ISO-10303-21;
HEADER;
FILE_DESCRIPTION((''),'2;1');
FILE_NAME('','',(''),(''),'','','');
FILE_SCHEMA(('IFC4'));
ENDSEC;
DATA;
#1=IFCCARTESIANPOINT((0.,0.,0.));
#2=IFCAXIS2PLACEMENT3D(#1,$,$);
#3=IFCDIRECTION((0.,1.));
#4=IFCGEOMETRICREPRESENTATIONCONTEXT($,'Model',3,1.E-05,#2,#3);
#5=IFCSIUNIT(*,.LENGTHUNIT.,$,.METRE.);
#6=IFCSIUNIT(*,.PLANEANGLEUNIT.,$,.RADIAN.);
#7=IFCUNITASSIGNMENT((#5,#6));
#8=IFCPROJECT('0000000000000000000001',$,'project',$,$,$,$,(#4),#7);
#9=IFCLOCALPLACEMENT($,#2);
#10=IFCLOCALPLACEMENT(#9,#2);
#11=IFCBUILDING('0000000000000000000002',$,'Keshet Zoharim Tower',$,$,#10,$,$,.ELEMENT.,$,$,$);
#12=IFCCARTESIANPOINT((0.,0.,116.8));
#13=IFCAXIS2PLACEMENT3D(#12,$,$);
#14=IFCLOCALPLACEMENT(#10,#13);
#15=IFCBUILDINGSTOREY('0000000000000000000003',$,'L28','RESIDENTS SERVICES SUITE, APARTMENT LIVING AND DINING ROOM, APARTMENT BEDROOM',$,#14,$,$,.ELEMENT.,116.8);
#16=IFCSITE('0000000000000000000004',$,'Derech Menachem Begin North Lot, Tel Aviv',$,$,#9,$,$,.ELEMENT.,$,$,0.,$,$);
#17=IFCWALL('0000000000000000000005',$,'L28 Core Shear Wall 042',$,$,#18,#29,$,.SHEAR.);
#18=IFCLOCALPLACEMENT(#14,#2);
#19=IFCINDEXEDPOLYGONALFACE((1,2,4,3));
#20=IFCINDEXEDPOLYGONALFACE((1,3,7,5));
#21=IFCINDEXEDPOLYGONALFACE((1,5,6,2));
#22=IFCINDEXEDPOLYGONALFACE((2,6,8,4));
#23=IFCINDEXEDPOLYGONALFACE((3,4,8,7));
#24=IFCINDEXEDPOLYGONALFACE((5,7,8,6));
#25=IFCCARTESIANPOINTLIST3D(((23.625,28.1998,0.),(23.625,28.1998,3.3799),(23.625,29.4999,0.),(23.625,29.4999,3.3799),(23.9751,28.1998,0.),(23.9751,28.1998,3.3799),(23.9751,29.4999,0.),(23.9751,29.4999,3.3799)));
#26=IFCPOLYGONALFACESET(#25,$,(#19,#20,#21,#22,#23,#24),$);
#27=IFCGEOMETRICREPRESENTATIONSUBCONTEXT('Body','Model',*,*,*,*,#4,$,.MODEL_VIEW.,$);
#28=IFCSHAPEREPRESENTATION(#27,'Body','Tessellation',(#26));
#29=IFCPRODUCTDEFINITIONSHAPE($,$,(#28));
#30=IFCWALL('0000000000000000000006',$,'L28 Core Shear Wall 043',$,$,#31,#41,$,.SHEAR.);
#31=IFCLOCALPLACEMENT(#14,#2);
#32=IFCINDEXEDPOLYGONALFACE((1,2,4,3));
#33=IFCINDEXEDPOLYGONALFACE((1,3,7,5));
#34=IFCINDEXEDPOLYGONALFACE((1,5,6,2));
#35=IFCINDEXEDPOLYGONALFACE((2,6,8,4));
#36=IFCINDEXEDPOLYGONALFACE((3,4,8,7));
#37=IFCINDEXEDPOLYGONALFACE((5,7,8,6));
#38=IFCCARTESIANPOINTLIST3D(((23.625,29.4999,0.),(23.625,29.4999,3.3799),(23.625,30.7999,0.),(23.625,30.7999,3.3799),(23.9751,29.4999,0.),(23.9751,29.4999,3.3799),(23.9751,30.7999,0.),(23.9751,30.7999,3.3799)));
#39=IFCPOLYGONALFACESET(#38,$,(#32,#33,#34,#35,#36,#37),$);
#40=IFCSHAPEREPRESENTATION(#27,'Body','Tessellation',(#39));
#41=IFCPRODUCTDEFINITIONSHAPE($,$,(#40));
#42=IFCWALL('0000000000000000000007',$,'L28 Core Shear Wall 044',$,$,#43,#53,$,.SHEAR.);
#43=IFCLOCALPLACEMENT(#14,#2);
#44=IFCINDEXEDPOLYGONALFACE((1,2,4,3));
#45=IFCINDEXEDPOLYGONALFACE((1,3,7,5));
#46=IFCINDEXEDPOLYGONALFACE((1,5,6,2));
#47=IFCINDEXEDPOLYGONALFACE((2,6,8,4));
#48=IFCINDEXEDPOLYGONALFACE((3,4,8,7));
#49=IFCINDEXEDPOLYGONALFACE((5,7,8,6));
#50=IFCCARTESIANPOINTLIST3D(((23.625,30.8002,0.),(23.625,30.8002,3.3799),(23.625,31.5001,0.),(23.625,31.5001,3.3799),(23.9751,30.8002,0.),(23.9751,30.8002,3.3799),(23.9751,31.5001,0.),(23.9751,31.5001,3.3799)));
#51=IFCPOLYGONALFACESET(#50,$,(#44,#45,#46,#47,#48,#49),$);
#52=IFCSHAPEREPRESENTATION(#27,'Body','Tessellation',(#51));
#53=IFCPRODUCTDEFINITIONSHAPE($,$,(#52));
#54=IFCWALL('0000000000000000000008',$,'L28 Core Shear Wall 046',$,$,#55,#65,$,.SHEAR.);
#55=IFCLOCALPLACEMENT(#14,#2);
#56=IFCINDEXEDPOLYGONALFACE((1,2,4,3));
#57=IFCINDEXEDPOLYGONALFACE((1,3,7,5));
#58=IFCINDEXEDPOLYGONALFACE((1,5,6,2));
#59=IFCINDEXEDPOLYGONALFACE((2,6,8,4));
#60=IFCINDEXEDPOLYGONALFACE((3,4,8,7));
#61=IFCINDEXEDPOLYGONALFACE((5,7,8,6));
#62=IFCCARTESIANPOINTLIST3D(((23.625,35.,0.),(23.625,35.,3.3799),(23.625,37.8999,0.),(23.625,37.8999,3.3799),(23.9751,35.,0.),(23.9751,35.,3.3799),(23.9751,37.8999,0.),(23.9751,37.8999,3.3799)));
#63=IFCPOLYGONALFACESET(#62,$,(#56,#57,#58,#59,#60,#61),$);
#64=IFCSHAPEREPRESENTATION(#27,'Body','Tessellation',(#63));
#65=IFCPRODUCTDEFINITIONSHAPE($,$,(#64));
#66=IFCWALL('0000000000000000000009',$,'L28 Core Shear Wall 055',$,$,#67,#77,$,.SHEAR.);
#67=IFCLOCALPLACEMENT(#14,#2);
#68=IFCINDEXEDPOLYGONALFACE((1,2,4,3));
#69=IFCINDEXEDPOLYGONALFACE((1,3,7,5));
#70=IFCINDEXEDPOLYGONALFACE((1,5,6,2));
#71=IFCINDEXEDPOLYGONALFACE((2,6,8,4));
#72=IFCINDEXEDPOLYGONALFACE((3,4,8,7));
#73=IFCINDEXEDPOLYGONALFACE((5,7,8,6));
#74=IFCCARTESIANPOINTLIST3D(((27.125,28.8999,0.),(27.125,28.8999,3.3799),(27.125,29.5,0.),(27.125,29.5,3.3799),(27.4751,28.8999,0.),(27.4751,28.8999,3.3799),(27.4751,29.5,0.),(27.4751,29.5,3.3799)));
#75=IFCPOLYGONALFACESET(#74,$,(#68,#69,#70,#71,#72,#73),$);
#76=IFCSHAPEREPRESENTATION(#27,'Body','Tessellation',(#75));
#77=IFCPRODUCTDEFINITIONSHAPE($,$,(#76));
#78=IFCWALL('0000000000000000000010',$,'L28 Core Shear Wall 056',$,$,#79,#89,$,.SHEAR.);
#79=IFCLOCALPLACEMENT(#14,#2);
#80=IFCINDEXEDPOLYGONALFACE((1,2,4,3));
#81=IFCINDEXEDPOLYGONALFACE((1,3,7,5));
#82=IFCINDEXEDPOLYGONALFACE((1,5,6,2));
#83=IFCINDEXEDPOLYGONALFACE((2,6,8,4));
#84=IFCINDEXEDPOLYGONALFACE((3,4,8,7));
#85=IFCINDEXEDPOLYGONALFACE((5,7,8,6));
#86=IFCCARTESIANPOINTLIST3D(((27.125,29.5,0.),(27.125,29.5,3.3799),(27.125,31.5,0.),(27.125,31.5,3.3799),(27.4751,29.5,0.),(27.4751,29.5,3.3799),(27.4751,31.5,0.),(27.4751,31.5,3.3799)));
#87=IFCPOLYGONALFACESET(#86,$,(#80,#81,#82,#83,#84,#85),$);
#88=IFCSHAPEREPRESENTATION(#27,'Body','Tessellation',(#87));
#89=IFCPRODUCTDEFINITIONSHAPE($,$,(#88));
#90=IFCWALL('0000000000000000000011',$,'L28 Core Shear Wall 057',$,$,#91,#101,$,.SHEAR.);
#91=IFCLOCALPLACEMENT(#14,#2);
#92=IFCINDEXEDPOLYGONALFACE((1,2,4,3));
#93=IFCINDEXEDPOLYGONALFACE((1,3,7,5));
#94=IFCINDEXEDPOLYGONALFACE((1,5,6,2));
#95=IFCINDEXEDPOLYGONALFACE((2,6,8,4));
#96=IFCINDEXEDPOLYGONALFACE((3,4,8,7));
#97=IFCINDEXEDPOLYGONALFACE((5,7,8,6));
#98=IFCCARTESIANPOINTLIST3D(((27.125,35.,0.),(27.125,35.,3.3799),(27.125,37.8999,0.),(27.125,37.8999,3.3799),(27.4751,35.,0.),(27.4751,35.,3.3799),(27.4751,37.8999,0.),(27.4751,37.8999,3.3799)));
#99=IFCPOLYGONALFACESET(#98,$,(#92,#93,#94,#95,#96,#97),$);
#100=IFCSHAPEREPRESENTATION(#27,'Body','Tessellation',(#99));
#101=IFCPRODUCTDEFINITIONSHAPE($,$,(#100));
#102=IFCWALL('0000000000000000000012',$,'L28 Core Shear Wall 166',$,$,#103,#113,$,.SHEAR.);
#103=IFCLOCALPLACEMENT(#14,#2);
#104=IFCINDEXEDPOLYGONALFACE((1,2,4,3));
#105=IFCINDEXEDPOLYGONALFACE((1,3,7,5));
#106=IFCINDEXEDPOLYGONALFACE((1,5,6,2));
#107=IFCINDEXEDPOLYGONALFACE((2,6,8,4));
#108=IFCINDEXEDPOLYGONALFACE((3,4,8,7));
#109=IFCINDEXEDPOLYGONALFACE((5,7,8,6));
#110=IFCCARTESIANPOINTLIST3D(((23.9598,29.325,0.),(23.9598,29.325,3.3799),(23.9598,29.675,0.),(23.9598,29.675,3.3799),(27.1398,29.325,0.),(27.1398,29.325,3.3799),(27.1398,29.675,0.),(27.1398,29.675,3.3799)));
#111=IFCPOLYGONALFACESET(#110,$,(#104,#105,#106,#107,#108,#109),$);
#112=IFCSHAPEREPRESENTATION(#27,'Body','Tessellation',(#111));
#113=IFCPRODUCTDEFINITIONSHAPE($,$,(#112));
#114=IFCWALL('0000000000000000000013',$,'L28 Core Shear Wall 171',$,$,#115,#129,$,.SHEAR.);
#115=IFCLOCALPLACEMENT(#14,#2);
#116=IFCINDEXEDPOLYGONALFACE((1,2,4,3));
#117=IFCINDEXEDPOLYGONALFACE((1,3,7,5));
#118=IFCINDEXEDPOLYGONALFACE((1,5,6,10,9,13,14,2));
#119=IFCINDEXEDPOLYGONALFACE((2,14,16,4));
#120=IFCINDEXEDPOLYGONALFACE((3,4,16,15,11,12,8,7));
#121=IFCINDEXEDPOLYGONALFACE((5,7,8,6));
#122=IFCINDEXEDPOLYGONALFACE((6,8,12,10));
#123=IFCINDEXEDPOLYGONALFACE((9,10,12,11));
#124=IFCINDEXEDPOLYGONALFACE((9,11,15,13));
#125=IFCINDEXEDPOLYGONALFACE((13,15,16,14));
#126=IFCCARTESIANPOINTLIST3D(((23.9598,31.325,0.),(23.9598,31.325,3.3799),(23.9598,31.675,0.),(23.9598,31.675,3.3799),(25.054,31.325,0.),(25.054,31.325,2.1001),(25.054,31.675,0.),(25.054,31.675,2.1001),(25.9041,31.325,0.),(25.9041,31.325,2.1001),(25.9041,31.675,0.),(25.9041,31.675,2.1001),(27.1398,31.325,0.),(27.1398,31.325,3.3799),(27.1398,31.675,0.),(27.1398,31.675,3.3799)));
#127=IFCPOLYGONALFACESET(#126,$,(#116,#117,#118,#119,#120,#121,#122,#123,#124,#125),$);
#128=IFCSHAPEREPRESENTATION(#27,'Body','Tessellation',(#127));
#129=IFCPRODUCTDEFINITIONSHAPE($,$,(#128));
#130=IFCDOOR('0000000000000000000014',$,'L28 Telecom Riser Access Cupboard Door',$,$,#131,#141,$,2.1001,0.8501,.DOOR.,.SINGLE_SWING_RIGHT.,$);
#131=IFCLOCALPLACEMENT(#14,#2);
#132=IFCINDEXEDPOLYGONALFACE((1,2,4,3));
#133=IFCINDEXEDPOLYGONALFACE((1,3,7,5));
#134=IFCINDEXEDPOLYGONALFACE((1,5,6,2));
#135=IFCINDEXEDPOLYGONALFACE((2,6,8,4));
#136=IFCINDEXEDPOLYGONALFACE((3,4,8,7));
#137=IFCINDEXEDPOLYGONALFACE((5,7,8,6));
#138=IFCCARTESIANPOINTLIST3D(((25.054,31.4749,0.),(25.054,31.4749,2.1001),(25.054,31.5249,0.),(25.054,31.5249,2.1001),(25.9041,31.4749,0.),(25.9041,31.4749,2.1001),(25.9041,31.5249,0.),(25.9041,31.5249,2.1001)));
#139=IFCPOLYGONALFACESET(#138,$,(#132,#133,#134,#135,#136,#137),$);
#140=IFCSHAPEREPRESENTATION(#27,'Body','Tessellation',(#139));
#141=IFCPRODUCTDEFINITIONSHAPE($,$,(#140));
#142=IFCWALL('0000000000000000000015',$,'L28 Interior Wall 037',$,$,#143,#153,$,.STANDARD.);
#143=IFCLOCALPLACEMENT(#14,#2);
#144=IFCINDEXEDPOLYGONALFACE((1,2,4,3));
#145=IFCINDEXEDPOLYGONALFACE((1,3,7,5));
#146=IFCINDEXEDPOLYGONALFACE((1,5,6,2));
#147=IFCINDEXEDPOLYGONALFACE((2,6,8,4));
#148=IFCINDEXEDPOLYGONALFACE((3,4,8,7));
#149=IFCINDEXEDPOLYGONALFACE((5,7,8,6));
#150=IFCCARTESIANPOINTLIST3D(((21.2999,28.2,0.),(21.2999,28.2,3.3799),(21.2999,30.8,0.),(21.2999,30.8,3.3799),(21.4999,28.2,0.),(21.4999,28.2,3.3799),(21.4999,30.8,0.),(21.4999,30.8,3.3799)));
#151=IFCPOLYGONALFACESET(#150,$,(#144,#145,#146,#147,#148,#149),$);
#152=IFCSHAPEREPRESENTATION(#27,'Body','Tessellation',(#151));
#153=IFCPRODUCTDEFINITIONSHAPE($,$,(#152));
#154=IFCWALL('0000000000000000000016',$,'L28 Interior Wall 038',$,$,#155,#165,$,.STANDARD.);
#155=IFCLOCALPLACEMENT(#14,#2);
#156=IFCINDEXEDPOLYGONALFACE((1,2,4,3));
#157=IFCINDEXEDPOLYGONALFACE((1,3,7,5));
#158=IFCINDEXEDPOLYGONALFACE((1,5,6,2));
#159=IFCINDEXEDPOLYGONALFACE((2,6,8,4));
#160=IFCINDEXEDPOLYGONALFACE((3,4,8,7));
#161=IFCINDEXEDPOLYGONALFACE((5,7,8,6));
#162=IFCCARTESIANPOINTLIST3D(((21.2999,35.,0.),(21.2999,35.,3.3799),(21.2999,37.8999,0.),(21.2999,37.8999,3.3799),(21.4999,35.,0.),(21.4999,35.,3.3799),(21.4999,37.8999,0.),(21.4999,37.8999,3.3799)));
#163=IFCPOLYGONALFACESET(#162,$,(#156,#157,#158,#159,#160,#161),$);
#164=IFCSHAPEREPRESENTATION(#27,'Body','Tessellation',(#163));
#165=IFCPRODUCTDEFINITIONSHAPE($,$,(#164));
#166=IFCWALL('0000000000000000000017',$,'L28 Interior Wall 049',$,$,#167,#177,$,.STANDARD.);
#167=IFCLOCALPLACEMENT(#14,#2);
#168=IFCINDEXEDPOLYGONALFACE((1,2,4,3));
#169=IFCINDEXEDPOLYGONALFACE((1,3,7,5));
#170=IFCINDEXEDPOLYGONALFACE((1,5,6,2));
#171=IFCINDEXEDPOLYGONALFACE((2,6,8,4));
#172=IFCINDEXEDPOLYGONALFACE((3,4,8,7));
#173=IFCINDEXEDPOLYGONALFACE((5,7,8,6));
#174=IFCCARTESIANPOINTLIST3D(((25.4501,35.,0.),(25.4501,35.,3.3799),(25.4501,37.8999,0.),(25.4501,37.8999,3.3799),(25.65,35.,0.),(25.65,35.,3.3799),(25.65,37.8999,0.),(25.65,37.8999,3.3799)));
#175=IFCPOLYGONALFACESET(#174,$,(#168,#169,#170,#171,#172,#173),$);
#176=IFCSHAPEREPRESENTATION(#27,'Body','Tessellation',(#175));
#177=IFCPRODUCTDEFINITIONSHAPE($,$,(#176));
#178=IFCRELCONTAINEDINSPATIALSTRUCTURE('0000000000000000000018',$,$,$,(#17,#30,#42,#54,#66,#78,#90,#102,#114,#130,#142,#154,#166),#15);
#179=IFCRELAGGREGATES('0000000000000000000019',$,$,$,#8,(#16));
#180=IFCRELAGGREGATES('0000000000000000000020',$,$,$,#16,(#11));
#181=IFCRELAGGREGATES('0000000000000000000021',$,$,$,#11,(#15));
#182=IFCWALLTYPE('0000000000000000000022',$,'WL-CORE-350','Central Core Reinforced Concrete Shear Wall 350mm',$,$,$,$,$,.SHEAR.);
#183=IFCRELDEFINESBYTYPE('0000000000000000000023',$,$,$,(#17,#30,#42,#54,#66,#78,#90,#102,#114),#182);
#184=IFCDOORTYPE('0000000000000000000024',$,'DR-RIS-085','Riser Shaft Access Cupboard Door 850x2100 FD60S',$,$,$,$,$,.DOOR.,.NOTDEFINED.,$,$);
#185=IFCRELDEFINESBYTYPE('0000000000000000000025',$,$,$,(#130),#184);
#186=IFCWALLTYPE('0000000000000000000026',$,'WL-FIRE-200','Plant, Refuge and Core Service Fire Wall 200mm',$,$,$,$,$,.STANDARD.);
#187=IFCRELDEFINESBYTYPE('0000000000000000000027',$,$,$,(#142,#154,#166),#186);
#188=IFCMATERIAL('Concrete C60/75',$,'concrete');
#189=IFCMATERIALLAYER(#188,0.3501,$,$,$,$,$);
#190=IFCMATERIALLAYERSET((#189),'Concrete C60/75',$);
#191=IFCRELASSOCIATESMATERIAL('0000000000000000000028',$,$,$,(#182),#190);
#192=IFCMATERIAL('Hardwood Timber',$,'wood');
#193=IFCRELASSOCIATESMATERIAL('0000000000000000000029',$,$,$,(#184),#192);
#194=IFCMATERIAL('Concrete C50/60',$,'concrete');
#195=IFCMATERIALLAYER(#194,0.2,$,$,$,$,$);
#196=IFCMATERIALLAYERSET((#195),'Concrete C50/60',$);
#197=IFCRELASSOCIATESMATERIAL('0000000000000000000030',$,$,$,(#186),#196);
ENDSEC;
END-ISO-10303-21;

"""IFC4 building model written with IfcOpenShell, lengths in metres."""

from ifc_helpers import new_model, si_unit, direction, frame, frame_2d, origin, place, context, subcontext, project, spatial, rectangle, extrude, material, layer, layer_set, type_object, element, fill, save


model = new_model("IFC4")

# Units and contexts
model_context = context("Model", 3, precision=1e-05, world=origin(), true_north=direction((0.0, 1.0)))
body_context = subcontext(model_context, "Body", "Model", "MODEL_VIEW")
ifc_project = project(units=[si_unit("LENGTHUNIT", "METRE"), si_unit("PLANEANGLEUNIT", "RADIAN")], contexts=[model_context])

# Site, building, storey
site_placement = place(None, origin())
site = spatial("IfcSite", under=ifc_project, at=site_placement, Name="Derech Menachem Begin North Lot, Tel Aviv", CompositionType="ELEMENT", RefElevation=0.0)
building_placement = place(site_placement, origin())
building = spatial("IfcBuilding", under=site, at=building_placement, Name="Keshet Zoharim Tower", CompositionType="ELEMENT")
storey_placement = place(building_placement, frame((0.0, 0.0, 116.8)))
storey = spatial("IfcBuildingStorey", under=building, at=storey_placement, Name="L28", Description="RESIDENTS SERVICES SUITE, APARTMENT LIVING AND DINING ROOM, APARTMENT BEDROOM", CompositionType="ELEMENT", Elevation=116.8)

# Walls
ifc_material_1 = material(Name="Concrete C60/75", Category="concrete")
ifc_layer_1 = layer(ifc_material_1, 0.3501)
ifc_layer_set_1 = layer_set([ifc_layer_1], Name="Concrete C60/75")
wall_type_1 = type_object("IfcWallType", Name="WL-CORE-350", Description="Central Core Reinforced Concrete Shear Wall 350mm", PredefinedType="SHEAR", material=ifc_layer_set_1)
for number, where, z_axis, x_axis, name in (
    (1, (23.8, 28.2, 0.0), (0.0, 0.0, 1.0), (0.0, 1.0, 0.0), "L28 Core Shear Wall 042"),
    (2, (23.8, 29.5, 0.0), (0.0, 0.0, 1.0), (0.0, 1.0, 0.0), "L28 Core Shear Wall 043"),
):
    element("IfcWall", number, at=place(storey_placement, frame(where, z_axis=z_axis, x_axis=x_axis)), inside=storey, type_object=wall_type_1, Name=name, PredefinedType="SHEAR", context=body_context, shape_type="SweptSolid", body=[
        extrude(rectangle(XDim=1.3, YDim=0.3501, at=frame_2d((0.6499, 0.0))), origin(), (0.0, 0.0, 1.0), 3.3799),
    ])
wall_1_placement = place(storey_placement, frame((23.8, 30.8, 0.0), z_axis=(0.0, 0.0, 1.0), x_axis=(0.0, 1.0, 0.0)))
element("IfcWall", 3, at=wall_1_placement, inside=storey, type_object=wall_type_1, Name="L28 Core Shear Wall 044", PredefinedType="SHEAR", context=body_context, shape_type="SweptSolid", body=[
    extrude(rectangle(XDim=0.7, YDim=0.3501, at=frame_2d((0.3501, 0.0))), origin(), (0.0, 0.0, 1.0), 3.3799),
])

# Shared definitions
ifc_material_2 = material(Name="Hardwood Timber", Category="wood")

# Walls
wall_2_placement = place(storey_placement, frame((23.8, 35.0, 0.0), z_axis=(0.0, 0.0, 1.0), x_axis=(0.0, 1.0, 0.0)))
element("IfcWall", 4, at=wall_2_placement, inside=storey, type_object=wall_type_1, Name="L28 Core Shear Wall 046", PredefinedType="SHEAR", context=body_context, shape_type="SweptSolid", body=[
    extrude(rectangle(XDim=2.8999, YDim=0.3501, at=frame_2d((1.45, 0.0))), origin(), (0.0, 0.0, 1.0), 3.3799),
])
wall_3_placement = place(storey_placement, frame((27.3, 28.8999, 0.0), z_axis=(0.0, 0.0, 1.0), x_axis=(0.0, 1.0, 0.0)))
element("IfcWall", 5, at=wall_3_placement, inside=storey, type_object=wall_type_1, Name="L28 Core Shear Wall 055", PredefinedType="SHEAR", context=body_context, shape_type="SweptSolid", body=[
    extrude(rectangle(XDim=0.6001, YDim=0.3501, at=frame_2d((0.3, 0.0))), origin(), (0.0, 0.0, 1.0), 3.3799),
])
wall_4_placement = place(storey_placement, frame((27.3, 29.5, 0.0), z_axis=(0.0, 0.0, 1.0), x_axis=(0.0, 1.0, 0.0)))
element("IfcWall", 6, at=wall_4_placement, inside=storey, type_object=wall_type_1, Name="L28 Core Shear Wall 056", PredefinedType="SHEAR", context=body_context, shape_type="SweptSolid", body=[
    extrude(rectangle(XDim=2.0, YDim=0.3501, at=frame_2d((1.0, 0.0))), origin(), (0.0, 0.0, 1.0), 3.3799),
])
wall_5_placement = place(storey_placement, frame((27.3, 35.0, 0.0), z_axis=(0.0, 0.0, 1.0), x_axis=(0.0, 1.0, 0.0)))
element("IfcWall", 7, at=wall_5_placement, inside=storey, type_object=wall_type_1, Name="L28 Core Shear Wall 057", PredefinedType="SHEAR", context=body_context, shape_type="SweptSolid", body=[
    extrude(rectangle(XDim=2.8999, YDim=0.3501, at=frame_2d((1.45, 0.0))), origin(), (0.0, 0.0, 1.0), 3.3799),
])
wall_6_placement = place(storey_placement, frame((23.96, 29.5, 0.0), z_axis=(0.0, 0.0, 1.0), x_axis=(1.0, 0.0, 0.0)))
element("IfcWall", 8, at=wall_6_placement, inside=storey, type_object=wall_type_1, Name="L28 Core Shear Wall 166", PredefinedType="SHEAR", context=body_context, shape_type="SweptSolid", body=[
    extrude(rectangle(XDim=3.1799, YDim=0.3501, at=frame_2d((1.5898, 0.0))), origin(), (0.0, 0.0, 1.0), 3.3799),
])

# Wall, opening, door
wall_7_placement = place(storey_placement, frame((23.96, 31.5, 0.0), z_axis=(0.0, 0.0, 1.0), x_axis=(1.0, 0.0, 0.0)))
wall_7 = element("IfcWall", 9, at=wall_7_placement, inside=storey, type_object=wall_type_1, Name="L28 Core Shear Wall 171", PredefinedType="SHEAR", context=body_context, shape_type="SweptSolid", body=[
    extrude(rectangle(XDim=3.1799, YDim=0.3501, at=frame_2d((1.5898, 0.0))), origin(), (0.0, 0.0, 1.0), 3.3799),
])
opening_1_placement = place(wall_7_placement, frame((1.094, 0.0, 0.0)))
opening_1 = element("IfcOpeningElement", 10, at=opening_1_placement, cuts=wall_7, PredefinedType="OPENING", context=body_context, shape_type="SweptSolid", body=[
    extrude(rectangle(XDim=0.8501, YDim=2.1001, at=frame_2d((0.425, 1.05))), frame((0.0, 0.1851, 0.0), z_axis=(0.0, -1.0, 0.0), x_axis=(1.0, 0.0, 0.0)), (0.0, 0.0, 1.0), 0.3701),
])
door_type_1 = type_object("IfcDoorType", Name="DR-RIS-085", Description="Riser Shaft Access Cupboard Door 850x2100 FD60S", OperationType="NOTDEFINED", PredefinedType="DOOR", material=ifc_material_2)
door_1_placement = place(opening_1_placement, origin())
door_1 = element("IfcDoor", 11, at=door_1_placement, inside=storey, type_object=door_type_1, Name="L28 Telecom Riser Access Cupboard Door", OperationType="SINGLE_SWING_RIGHT", OverallHeight=2.1001, OverallWidth=0.8501, PredefinedType="DOOR", context=body_context, shape_type="SweptSolid", body=[
    extrude(rectangle(XDim=0.8501, YDim=2.1001, at=frame_2d((0.425, 1.05))), frame((0.0, 0.0249, 0.0), z_axis=(0.0, -1.0, 0.0), x_axis=(1.0, 0.0, 0.0)), (0.0, 0.0, 1.0), 0.05),
])
fill(opening_1, door_1)

# Walls
ifc_material_3 = material(Name="Concrete C50/60", Category="concrete")
ifc_layer_2 = layer(ifc_material_3, 0.2)
ifc_layer_set_2 = layer_set([ifc_layer_2], Name="Concrete C50/60")
wall_type_2 = type_object("IfcWallType", Name="WL-FIRE-200", Description="Plant, Refuge and Core Service Fire Wall 200mm", PredefinedType="STANDARD", material=ifc_layer_set_2)
wall_8_placement = place(storey_placement, frame((21.3999, 28.2, 0.0), z_axis=(0.0, 0.0, 1.0), x_axis=(0.0, 1.0, 0.0)))
element("IfcWall", 12, at=wall_8_placement, inside=storey, type_object=wall_type_2, Name="L28 Interior Wall 037", PredefinedType="STANDARD", context=body_context, shape_type="SweptSolid", body=[
    extrude(rectangle(XDim=2.6001, YDim=0.2, at=frame_2d((1.3, 0.0))), origin(), (0.0, 0.0, 1.0), 3.3799),
])
for number, where, z_axis, x_axis, name in (
    (13, (21.3999, 35.0, 0.0), (0.0, 0.0, 1.0), (0.0, 1.0, 0.0), "L28 Interior Wall 038"),
    (14, (25.55, 35.0, 0.0), (0.0, 0.0, 1.0), (0.0, 1.0, 0.0), "L28 Interior Wall 049"),
):
    element("IfcWall", number, at=place(storey_placement, frame(where, z_axis=z_axis, x_axis=x_axis)), inside=storey, type_object=wall_type_2, Name=name, PredefinedType="STANDARD", context=body_context, shape_type="SweptSolid", body=[
        extrude(rectangle(XDim=2.8999, YDim=0.2, at=frame_2d((1.45, 0.0))), origin(), (0.0, 0.0, 1.0), 3.3799),
    ])

save(model, "model.ifc")
